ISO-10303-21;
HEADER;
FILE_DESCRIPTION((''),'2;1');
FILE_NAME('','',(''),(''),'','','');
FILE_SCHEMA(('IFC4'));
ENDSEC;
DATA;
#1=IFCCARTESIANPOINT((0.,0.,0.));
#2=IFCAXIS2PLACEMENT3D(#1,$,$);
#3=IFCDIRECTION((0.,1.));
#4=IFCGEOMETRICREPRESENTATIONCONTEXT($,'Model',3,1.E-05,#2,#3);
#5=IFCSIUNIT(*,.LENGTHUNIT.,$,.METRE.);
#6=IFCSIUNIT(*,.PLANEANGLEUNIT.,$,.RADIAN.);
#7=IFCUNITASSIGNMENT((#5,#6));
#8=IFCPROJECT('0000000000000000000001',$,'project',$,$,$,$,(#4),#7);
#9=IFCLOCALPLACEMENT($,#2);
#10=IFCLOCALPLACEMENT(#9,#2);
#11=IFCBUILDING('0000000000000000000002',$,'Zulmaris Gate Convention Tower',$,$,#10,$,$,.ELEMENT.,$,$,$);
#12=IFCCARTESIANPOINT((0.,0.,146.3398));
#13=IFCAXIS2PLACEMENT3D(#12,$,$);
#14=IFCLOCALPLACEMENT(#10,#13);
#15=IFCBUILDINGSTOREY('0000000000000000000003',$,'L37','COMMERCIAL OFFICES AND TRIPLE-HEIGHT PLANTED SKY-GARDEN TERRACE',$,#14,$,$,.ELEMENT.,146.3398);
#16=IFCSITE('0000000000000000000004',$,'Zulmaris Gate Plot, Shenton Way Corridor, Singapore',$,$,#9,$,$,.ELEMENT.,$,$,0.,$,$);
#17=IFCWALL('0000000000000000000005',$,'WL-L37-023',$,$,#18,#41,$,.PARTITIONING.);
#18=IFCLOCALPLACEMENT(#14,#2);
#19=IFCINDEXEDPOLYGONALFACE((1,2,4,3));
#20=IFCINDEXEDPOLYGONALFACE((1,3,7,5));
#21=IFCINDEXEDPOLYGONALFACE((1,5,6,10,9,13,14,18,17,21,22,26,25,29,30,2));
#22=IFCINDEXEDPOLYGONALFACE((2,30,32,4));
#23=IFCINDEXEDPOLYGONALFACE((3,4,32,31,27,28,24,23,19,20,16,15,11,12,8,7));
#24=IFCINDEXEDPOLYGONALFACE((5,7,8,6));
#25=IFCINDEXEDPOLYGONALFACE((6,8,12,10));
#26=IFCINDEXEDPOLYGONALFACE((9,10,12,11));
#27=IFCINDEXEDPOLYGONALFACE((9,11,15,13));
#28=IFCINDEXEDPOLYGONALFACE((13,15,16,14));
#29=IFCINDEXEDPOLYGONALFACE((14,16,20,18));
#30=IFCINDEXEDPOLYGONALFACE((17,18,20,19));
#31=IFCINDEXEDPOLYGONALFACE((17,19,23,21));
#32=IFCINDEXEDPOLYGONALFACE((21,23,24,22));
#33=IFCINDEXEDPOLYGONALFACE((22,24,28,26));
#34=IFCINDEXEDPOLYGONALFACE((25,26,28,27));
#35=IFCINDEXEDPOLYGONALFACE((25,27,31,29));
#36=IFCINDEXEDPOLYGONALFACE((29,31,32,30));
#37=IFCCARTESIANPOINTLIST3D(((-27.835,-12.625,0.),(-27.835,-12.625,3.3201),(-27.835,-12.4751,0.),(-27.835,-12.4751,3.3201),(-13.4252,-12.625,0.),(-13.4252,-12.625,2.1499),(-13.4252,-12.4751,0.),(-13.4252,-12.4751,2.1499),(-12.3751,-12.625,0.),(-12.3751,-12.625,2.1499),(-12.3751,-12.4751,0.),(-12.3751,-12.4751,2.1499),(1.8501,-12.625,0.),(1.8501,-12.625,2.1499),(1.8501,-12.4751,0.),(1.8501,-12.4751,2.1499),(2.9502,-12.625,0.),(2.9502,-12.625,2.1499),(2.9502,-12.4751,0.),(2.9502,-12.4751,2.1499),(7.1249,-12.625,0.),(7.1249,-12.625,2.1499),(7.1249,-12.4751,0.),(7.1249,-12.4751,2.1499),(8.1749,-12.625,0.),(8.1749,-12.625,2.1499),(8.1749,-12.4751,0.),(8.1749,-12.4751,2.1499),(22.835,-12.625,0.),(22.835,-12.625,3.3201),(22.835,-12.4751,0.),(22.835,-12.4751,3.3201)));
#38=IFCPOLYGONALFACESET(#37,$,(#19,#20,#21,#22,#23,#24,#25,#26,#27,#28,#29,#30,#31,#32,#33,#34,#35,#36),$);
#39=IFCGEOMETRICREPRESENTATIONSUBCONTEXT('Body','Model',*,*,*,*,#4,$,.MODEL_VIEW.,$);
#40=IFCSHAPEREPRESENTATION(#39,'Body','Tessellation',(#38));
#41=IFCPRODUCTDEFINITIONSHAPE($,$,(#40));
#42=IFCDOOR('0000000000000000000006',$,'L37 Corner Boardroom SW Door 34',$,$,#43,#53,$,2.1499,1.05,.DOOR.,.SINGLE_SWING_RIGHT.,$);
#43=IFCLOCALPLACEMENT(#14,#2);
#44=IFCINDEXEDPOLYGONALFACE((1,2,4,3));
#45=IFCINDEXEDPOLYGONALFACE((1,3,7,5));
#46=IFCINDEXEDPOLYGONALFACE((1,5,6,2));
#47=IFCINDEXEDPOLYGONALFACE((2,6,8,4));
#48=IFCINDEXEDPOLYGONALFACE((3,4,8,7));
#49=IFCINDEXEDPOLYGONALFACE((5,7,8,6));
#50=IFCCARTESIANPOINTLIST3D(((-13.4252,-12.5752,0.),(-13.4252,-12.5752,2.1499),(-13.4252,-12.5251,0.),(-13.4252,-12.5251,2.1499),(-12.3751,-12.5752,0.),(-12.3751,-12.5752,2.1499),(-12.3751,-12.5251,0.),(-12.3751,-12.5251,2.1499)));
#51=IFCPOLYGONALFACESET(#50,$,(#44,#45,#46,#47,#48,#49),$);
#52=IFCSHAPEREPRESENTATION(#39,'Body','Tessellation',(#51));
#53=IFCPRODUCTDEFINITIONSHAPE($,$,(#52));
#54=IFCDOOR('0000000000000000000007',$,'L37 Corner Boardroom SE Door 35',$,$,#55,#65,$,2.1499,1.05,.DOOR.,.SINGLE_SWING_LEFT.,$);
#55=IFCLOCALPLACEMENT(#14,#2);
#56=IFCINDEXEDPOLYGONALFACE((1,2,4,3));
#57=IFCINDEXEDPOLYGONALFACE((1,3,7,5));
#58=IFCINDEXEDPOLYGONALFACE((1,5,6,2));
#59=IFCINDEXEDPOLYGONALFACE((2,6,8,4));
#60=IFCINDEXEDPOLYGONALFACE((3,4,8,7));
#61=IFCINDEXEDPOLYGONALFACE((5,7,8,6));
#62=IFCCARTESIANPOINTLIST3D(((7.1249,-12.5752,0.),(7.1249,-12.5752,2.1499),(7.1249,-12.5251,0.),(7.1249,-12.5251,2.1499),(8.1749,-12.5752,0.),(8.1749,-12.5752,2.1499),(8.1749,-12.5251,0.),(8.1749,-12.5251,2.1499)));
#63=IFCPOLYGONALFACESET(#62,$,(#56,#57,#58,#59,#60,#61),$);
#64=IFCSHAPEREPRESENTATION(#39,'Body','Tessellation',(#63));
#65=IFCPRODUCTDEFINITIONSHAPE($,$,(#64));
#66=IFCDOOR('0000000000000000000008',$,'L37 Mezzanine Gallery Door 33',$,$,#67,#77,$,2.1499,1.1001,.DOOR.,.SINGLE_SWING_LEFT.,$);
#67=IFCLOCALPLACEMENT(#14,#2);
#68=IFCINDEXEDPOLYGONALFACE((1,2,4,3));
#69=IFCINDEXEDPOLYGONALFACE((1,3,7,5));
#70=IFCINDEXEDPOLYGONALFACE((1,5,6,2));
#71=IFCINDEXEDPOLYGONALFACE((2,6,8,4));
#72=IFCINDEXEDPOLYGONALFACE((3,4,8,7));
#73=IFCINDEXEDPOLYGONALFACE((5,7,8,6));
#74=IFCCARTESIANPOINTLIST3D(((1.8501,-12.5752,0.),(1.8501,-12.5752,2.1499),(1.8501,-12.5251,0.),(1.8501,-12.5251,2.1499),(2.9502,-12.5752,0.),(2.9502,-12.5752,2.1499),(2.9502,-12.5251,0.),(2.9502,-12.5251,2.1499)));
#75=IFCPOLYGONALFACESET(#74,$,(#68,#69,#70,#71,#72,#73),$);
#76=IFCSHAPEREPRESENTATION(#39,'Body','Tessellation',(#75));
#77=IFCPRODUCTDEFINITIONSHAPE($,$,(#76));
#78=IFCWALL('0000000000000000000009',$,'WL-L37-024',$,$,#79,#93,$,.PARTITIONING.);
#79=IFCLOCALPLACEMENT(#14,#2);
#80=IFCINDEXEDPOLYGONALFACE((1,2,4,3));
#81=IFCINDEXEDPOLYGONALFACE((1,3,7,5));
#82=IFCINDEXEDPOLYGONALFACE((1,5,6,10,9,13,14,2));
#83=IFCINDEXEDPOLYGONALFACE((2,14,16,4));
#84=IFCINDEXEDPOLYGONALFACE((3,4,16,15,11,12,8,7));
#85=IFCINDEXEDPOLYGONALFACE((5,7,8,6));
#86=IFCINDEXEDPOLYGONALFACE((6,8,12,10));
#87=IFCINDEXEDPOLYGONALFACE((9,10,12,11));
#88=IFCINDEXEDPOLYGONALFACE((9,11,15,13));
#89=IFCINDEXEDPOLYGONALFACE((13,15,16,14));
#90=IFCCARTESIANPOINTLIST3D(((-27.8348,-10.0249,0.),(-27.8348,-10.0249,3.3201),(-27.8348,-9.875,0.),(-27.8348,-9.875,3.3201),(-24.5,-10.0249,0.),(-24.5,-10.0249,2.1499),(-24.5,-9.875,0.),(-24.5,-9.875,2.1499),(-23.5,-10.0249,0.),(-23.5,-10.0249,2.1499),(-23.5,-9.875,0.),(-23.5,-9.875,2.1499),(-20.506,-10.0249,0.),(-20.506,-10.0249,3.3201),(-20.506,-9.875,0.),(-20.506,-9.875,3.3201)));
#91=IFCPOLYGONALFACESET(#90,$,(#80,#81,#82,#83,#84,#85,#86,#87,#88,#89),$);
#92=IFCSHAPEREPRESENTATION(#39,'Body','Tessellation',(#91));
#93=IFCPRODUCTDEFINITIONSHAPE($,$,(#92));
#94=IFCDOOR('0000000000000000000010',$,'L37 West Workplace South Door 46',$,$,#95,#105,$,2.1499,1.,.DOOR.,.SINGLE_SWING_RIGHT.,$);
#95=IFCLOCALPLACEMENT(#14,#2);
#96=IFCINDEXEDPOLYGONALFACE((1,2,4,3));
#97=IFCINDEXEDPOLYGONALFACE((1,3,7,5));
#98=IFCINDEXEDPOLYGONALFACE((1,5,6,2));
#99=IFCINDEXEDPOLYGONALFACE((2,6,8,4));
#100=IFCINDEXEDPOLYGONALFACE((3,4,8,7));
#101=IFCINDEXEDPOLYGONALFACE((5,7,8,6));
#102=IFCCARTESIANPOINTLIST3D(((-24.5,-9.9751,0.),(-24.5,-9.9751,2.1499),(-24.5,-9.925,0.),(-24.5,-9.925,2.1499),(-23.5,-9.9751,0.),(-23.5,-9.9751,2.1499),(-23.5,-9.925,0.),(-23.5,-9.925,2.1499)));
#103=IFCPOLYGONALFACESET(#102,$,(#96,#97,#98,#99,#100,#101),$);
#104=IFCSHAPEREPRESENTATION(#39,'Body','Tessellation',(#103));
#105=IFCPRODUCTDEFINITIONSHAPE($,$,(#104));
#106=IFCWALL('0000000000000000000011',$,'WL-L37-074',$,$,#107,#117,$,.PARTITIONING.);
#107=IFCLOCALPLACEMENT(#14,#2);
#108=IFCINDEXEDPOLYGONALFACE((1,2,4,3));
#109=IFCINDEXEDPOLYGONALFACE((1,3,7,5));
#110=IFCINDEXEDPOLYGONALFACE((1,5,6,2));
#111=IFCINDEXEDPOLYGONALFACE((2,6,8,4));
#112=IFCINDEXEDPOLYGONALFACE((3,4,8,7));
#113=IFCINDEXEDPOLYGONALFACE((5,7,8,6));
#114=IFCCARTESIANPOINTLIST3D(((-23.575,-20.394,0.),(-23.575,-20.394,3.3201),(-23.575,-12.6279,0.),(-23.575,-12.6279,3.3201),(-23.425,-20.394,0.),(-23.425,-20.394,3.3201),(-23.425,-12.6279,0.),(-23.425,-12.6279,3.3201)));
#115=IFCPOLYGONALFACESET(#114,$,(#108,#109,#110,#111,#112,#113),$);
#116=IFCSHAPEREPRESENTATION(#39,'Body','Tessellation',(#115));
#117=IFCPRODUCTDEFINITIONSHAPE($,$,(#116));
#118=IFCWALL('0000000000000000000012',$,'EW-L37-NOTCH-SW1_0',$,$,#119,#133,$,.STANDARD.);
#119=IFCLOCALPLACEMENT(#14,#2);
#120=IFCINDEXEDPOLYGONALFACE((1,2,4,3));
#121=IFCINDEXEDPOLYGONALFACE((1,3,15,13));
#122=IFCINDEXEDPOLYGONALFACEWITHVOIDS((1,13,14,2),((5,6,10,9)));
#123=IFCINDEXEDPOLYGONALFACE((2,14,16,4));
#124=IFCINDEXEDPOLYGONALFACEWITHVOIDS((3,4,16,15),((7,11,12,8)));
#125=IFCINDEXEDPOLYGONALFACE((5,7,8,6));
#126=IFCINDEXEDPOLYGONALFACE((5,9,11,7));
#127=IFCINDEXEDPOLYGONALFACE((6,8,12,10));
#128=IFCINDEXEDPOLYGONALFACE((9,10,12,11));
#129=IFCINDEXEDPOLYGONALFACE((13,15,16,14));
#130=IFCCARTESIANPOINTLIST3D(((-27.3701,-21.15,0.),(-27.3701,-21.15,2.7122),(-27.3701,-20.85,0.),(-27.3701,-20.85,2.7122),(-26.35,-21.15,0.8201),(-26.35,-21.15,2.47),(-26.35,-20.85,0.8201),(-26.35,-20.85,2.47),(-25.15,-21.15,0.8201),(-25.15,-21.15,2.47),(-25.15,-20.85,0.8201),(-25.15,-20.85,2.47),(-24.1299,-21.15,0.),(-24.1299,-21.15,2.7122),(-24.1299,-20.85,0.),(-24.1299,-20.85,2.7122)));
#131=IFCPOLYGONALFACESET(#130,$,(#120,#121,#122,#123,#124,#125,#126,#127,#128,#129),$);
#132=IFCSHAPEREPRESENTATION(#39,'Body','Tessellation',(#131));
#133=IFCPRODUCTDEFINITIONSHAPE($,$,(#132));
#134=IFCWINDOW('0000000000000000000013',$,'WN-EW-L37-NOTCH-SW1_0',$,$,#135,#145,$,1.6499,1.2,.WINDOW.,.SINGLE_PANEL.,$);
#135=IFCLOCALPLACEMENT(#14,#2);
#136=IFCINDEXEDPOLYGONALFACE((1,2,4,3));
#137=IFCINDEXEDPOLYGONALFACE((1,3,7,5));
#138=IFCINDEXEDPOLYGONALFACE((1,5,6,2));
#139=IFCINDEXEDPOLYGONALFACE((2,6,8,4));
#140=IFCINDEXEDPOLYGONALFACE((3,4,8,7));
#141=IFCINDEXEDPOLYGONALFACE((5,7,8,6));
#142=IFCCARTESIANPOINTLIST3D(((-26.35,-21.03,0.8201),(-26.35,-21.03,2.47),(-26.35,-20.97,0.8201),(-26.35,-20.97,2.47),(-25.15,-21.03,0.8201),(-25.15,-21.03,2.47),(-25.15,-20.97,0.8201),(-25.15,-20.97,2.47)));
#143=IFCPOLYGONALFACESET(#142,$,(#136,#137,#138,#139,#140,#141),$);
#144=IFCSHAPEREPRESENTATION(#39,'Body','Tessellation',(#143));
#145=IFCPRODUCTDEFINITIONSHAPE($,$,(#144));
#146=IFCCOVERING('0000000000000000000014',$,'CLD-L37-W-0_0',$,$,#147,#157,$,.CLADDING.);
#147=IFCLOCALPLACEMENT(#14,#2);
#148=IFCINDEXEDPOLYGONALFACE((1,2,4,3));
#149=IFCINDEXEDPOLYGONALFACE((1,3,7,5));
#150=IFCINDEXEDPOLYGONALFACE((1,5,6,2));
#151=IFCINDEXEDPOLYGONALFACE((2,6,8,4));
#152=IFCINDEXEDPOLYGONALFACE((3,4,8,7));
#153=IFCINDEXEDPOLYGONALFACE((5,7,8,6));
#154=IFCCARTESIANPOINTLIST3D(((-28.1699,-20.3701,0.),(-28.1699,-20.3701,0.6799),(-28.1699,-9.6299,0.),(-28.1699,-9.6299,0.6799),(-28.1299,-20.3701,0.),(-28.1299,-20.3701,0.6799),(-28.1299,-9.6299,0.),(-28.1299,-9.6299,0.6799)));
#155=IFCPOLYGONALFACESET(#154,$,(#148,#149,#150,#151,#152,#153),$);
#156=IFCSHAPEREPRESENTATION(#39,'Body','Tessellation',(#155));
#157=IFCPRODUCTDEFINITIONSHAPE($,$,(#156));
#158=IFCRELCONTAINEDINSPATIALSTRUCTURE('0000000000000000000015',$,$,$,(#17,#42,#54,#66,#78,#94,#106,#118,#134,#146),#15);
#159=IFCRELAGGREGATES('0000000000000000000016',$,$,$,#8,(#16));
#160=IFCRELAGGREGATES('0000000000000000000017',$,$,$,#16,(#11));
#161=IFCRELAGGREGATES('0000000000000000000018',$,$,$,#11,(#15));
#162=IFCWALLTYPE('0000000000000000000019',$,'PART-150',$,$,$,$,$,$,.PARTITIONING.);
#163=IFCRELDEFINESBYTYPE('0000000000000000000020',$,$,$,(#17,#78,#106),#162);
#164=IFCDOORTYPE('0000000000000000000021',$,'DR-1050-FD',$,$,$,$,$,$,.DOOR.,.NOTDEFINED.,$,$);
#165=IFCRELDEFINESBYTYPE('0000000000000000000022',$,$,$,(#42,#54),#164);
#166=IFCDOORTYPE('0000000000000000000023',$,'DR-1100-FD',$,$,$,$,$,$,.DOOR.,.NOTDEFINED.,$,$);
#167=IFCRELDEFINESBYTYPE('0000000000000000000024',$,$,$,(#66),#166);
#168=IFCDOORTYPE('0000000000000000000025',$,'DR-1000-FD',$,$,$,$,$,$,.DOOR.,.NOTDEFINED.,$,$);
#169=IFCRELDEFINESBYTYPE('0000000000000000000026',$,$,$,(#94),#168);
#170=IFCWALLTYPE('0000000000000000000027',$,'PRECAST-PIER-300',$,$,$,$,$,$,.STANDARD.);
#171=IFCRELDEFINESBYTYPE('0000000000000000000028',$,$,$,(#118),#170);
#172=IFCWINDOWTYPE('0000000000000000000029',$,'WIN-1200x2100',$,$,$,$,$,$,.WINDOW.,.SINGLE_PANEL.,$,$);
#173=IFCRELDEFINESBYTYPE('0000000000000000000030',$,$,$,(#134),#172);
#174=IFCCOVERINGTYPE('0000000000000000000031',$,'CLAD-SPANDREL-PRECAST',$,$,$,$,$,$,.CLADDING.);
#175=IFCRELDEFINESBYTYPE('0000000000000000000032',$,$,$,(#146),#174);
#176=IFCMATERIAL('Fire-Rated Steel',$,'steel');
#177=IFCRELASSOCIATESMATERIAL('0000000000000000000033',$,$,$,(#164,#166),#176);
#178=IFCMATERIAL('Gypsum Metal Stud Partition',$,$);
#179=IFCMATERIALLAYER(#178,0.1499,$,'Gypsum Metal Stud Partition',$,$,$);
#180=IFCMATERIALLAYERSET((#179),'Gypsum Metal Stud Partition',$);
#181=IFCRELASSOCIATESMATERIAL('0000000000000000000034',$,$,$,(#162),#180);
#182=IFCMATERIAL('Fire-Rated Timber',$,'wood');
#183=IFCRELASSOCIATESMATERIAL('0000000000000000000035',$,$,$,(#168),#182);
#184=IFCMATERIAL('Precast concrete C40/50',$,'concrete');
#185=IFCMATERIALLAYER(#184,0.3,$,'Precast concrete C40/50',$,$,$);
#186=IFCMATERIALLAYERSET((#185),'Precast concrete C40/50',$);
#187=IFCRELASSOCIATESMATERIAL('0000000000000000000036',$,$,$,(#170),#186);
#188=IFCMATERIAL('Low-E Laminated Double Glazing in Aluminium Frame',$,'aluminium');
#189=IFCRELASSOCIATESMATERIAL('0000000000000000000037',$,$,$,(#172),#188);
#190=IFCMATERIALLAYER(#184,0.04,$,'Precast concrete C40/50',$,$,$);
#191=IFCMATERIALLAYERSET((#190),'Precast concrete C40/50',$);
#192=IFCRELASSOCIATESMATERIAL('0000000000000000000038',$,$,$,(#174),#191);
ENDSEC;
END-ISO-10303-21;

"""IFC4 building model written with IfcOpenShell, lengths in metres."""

from ifc_helpers import new_model, si_unit, direction, frame, frame_2d, origin, place, context, subcontext, project, spatial, rectangle, extrude, material, layer, layer_set, type_object, element, fill, save


model = new_model("IFC4")

# Units and contexts
model_context = context("Model", 3, precision=1e-05, world=origin(), true_north=direction((0.0, 1.0)))
body_context = subcontext(model_context, "Body", "Model", "MODEL_VIEW")
ifc_project = project(units=[si_unit("LENGTHUNIT", "METRE"), si_unit("PLANEANGLEUNIT", "RADIAN")], contexts=[model_context])

# Site, building, storey
site_placement = place(None, origin())
site = spatial("IfcSite", under=ifc_project, at=site_placement, Name="Zulmaris Gate Plot, Shenton Way Corridor, Singapore", CompositionType="ELEMENT", RefElevation=0.0)
building_placement = place(site_placement, origin())
building = spatial("IfcBuilding", under=site, at=building_placement, Name="Zulmaris Gate Convention Tower", CompositionType="ELEMENT")
storey_placement = place(building_placement, frame((0.0, 0.0, 146.3398)))
storey = spatial("IfcBuildingStorey", under=building, at=storey_placement, Name="L37", Description="COMMERCIAL OFFICES AND TRIPLE-HEIGHT PLANTED SKY-GARDEN TERRACE", CompositionType="ELEMENT", Elevation=146.3398)

# Shared definitions
ifc_material_1 = material(Name="Fire-Rated Steel", Category="steel")
door_type_1 = type_object("IfcDoorType", Name="DR-1050-FD", OperationType="NOTDEFINED", PredefinedType="DOOR", material=ifc_material_1)

# Wall, openings, doors
ifc_material_2 = material(Name="Gypsum Metal Stud Partition")
ifc_layer_1 = layer(ifc_material_2, 0.1499, Name="Gypsum Metal Stud Partition")
ifc_layer_set_1 = layer_set([ifc_layer_1], Name="Gypsum Metal Stud Partition")
wall_type_1 = type_object("IfcWallType", Name="PART-150", PredefinedType="PARTITIONING", material=ifc_layer_set_1)
wall_1_placement = place(storey_placement, frame((-27.835, -12.55, 0.0), z_axis=(0.0, 0.0, 1.0), x_axis=(1.0, 0.0, 0.0)))
wall_1 = element("IfcWall", 1, at=wall_1_placement, inside=storey, type_object=wall_type_1, Name="WL-L37-023", PredefinedType="PARTITIONING", context=body_context, shape_type="SweptSolid", body=[
    extrude(rectangle(XDim=50.6699, YDim=0.1499, at=frame_2d((25.335, 0.0))), origin(), (0.0, 0.0, 1.0), 3.3201),
])
opening_1_placement = place(wall_1_placement, frame((29.6851, 0.0, 0.0)))
opening_1 = element("IfcOpeningElement", 2, at=opening_1_placement, cuts=wall_1, PredefinedType="OPENING", context=body_context, shape_type="SweptSolid", body=[
    extrude(rectangle(XDim=1.1001, YDim=2.1499, at=frame_2d((0.55, 1.075))), frame((0.0, 0.085, 0.0), z_axis=(0.0, -1.0, 0.0), x_axis=(1.0, 0.0, 0.0)), (0.0, 0.0, 1.0), 0.1699),
])
opening_2_placement = place(wall_1_placement, frame((14.4099, 0.0, 0.0)))
opening_2 = element("IfcOpeningElement", 3, at=opening_2_placement, cuts=wall_1, PredefinedType="OPENING", context=body_context, shape_type="SweptSolid", body=[
    extrude(rectangle(XDim=1.05, YDim=2.1499, at=frame_2d((0.5249, 1.075))), frame((0.0, 0.085, 0.0), z_axis=(0.0, -1.0, 0.0), x_axis=(1.0, 0.0, 0.0)), (0.0, 0.0, 1.0), 0.1699),
])
opening_3_placement = place(wall_1_placement, frame((34.96, 0.0, 0.0)))
opening_3 = element("IfcOpeningElement", 4, at=opening_3_placement, cuts=wall_1, PredefinedType="OPENING", context=body_context, shape_type="SweptSolid", body=[
    extrude(rectangle(XDim=1.05, YDim=2.1499, at=frame_2d((0.5249, 1.075))), frame((0.0, 0.085, 0.0), z_axis=(0.0, -1.0, 0.0), x_axis=(1.0, 0.0, 0.0)), (0.0, 0.0, 1.0), 0.1699),
])
door_1_placement = place(opening_2_placement, origin())
door_1 = element("IfcDoor", 5, at=door_1_placement, inside=storey, type_object=door_type_1, Name="L37 Corner Boardroom SW Door 34", OperationType="SINGLE_SWING_RIGHT", OverallHeight=2.1499, OverallWidth=1.05, PredefinedType="DOOR", context=body_context, shape_type="SweptSolid", body=[
    extrude(rectangle(XDim=1.05, YDim=2.1499, at=frame_2d((0.5249, 1.075))), frame((0.0, 0.0249, 0.0), z_axis=(0.0, -1.0, 0.0), x_axis=(1.0, 0.0, 0.0)), (0.0, 0.0, 1.0), 0.05),
])
fill(opening_2, door_1)
door_2_placement = place(opening_3_placement, origin())
door_2 = element("IfcDoor", 6, at=door_2_placement, inside=storey, type_object=door_type_1, Name="L37 Corner Boardroom SE Door 35", OperationType="SINGLE_SWING_LEFT", OverallHeight=2.1499, OverallWidth=1.05, PredefinedType="DOOR", context=body_context, shape_type="SweptSolid", body=[
    extrude(rectangle(XDim=1.05, YDim=2.1499, at=frame_2d((0.5249, 1.075))), frame((0.0, 0.0249, 0.0), z_axis=(0.0, -1.0, 0.0), x_axis=(1.0, 0.0, 0.0)), (0.0, 0.0, 1.0), 0.05),
])
fill(opening_3, door_2)
door_type_2 = type_object("IfcDoorType", Name="DR-1100-FD", OperationType="NOTDEFINED", PredefinedType="DOOR", material=ifc_material_1)
door_3_placement = place(opening_1_placement, origin())
door_3 = element("IfcDoor", 7, at=door_3_placement, inside=storey, type_object=door_type_2, Name="L37 Mezzanine Gallery Door 33", OperationType="SINGLE_SWING_LEFT", OverallHeight=2.1499, OverallWidth=1.1001, PredefinedType="DOOR", context=body_context, shape_type="SweptSolid", body=[
    extrude(rectangle(XDim=1.1001, YDim=2.1499, at=frame_2d((0.55, 1.075))), frame((0.0, 0.0249, 0.0), z_axis=(0.0, -1.0, 0.0), x_axis=(1.0, 0.0, 0.0)), (0.0, 0.0, 1.0), 0.05),
])
fill(opening_1, door_3)

# Wall, opening, door
wall_2_placement = place(storey_placement, frame((-27.835, -9.95, 0.0), z_axis=(0.0, 0.0, 1.0), x_axis=(1.0, 0.0, 0.0)))
wall_2 = element("IfcWall", 8, at=wall_2_placement, inside=storey, type_object=wall_type_1, Name="WL-L37-024", PredefinedType="PARTITIONING", context=body_context, shape_type="SweptSolid", body=[
    extrude(rectangle(XDim=7.3289, YDim=0.1499, at=frame_2d((3.6646, 0.0))), origin(), (0.0, 0.0, 1.0), 3.3201),
])
opening_4_placement = place(wall_2_placement, frame((3.335, 0.0, 0.0)))
opening_4 = element("IfcOpeningElement", 9, at=opening_4_placement, cuts=wall_2, PredefinedType="OPENING", context=body_context, shape_type="SweptSolid", body=[
    extrude(rectangle(XDim=1.0, YDim=2.1499, at=frame_2d((0.5, 1.075))), frame((0.0, 0.085, 0.0), z_axis=(0.0, -1.0, 0.0), x_axis=(1.0, 0.0, 0.0)), (0.0, 0.0, 1.0), 0.1699),
])
ifc_material_3 = material(Name="Fire-Rated Timber", Category="wood")
door_type_3 = type_object("IfcDoorType", Name="DR-1000-FD", OperationType="NOTDEFINED", PredefinedType="DOOR", material=ifc_material_3)
door_4_placement = place(opening_4_placement, origin())
door_4 = element("IfcDoor", 10, at=door_4_placement, inside=storey, type_object=door_type_3, Name="L37 West Workplace South Door 46", OperationType="SINGLE_SWING_RIGHT", OverallHeight=2.1499, OverallWidth=1.0, PredefinedType="DOOR", context=body_context, shape_type="SweptSolid", body=[
    extrude(rectangle(XDim=1.0, YDim=2.1499, at=frame_2d((0.5, 1.075))), frame((0.0, 0.0249, 0.0), z_axis=(0.0, -1.0, 0.0), x_axis=(1.0, 0.0, 0.0)), (0.0, 0.0, 1.0), 0.05),
])
fill(opening_4, door_4)

# Wall
wall_3_placement = place(storey_placement, frame((-23.5, -20.394, 0.0), z_axis=(0.0, 0.0, 1.0), x_axis=(0.0, 1.0, 0.0)))
element("IfcWall", 11, at=wall_3_placement, inside=storey, type_object=wall_type_1, Name="WL-L37-074", PredefinedType="PARTITIONING", context=body_context, shape_type="SweptSolid", body=[
    extrude(rectangle(XDim=7.7661, YDim=0.1499, at=frame_2d((3.8831, 0.0))), origin(), (0.0, 0.0, 1.0), 3.3201),
])

# Wall, opening, window
ifc_material_4 = material(Name="Precast concrete C40/50", Category="concrete")
ifc_layer_2 = layer(ifc_material_4, 0.3, Name="Precast concrete C40/50")
ifc_layer_set_2 = layer_set([ifc_layer_2], Name="Precast concrete C40/50")
wall_type_2 = type_object("IfcWallType", Name="PRECAST-PIER-300", PredefinedType="STANDARD", material=ifc_layer_set_2)
wall_4_placement = place(storey_placement, frame((-27.3701, -21.0, 0.0), z_axis=(0.0, 0.0, 1.0), x_axis=(1.0, 0.0, 0.0)))
wall_4 = element("IfcWall", 12, at=wall_4_placement, inside=storey, type_object=wall_type_2, Name="EW-L37-NOTCH-SW1_0", PredefinedType="STANDARD", context=body_context, shape_type="SweptSolid", body=[
    extrude(rectangle(XDim=3.2402, YDim=0.3, at=frame_2d((1.6201, 0.0))), origin(), (0.0, 0.0, 1.0), 2.7122),
])
opening_5_placement = place(wall_4_placement, frame((1.02, 0.0, 0.8201)))
opening_5 = element("IfcOpeningElement", 13, at=opening_5_placement, cuts=wall_4, PredefinedType="OPENING", context=body_context, shape_type="SweptSolid", body=[
    extrude(rectangle(XDim=1.2, YDim=1.6499, at=frame_2d((0.6001, 0.825))), frame((0.0, 0.1602, 0.0), z_axis=(0.0, -1.0, 0.0), x_axis=(1.0, 0.0, 0.0)), (0.0, 0.0, 1.0), 0.3201),
])
ifc_material_5 = material(Name="Low-E Laminated Double Glazing in Aluminium Frame", Category="aluminium")
window_type = type_object("IfcWindowType", Name="WIN-1200x2100", PartitioningType="SINGLE_PANEL", PredefinedType="WINDOW", material=ifc_material_5)
window_placement = place(opening_5_placement, origin())
window = element("IfcWindow", 14, at=window_placement, inside=storey, type_object=window_type, Name="WN-EW-L37-NOTCH-SW1_0", OverallHeight=1.6499, OverallWidth=1.2, PartitioningType="SINGLE_PANEL", PredefinedType="WINDOW", context=body_context, shape_type="SweptSolid", body=[
    extrude(rectangle(XDim=1.2, YDim=1.6499, at=frame_2d((0.6001, 0.825))), frame((0.0, 0.03, 0.0), z_axis=(0.0, -1.0, 0.0), x_axis=(1.0, 0.0, 0.0)), (0.0, 0.0, 1.0), 0.0601),
])
fill(opening_5, window)

# Covering
ifc_layer_3 = layer(ifc_material_4, 0.04, Name="Precast concrete C40/50")
ifc_layer_set_3 = layer_set([ifc_layer_3], Name="Precast concrete C40/50")
covering_type = type_object("IfcCoveringType", Name="CLAD-SPANDREL-PRECAST", PredefinedType="CLADDING", material=ifc_layer_set_3)
covering_placement = place(storey_placement, frame((-28.1499, -9.6299, 0.0), z_axis=(0.0, 0.0, 1.0), x_axis=(0.0, -1.0, 0.0)))
element("IfcCovering", 15, at=covering_placement, inside=storey, type_object=covering_type, Name="CLD-L37-W-0_0", PredefinedType="CLADDING", context=body_context, shape_type="SweptSolid", body=[
    extrude(rectangle(XDim=10.7402, YDim=0.04, at=frame_2d((5.3701, 0.0))), origin(), (0.0, 0.0, 1.0), 0.6799),
])

save(model, "model.ifc")
